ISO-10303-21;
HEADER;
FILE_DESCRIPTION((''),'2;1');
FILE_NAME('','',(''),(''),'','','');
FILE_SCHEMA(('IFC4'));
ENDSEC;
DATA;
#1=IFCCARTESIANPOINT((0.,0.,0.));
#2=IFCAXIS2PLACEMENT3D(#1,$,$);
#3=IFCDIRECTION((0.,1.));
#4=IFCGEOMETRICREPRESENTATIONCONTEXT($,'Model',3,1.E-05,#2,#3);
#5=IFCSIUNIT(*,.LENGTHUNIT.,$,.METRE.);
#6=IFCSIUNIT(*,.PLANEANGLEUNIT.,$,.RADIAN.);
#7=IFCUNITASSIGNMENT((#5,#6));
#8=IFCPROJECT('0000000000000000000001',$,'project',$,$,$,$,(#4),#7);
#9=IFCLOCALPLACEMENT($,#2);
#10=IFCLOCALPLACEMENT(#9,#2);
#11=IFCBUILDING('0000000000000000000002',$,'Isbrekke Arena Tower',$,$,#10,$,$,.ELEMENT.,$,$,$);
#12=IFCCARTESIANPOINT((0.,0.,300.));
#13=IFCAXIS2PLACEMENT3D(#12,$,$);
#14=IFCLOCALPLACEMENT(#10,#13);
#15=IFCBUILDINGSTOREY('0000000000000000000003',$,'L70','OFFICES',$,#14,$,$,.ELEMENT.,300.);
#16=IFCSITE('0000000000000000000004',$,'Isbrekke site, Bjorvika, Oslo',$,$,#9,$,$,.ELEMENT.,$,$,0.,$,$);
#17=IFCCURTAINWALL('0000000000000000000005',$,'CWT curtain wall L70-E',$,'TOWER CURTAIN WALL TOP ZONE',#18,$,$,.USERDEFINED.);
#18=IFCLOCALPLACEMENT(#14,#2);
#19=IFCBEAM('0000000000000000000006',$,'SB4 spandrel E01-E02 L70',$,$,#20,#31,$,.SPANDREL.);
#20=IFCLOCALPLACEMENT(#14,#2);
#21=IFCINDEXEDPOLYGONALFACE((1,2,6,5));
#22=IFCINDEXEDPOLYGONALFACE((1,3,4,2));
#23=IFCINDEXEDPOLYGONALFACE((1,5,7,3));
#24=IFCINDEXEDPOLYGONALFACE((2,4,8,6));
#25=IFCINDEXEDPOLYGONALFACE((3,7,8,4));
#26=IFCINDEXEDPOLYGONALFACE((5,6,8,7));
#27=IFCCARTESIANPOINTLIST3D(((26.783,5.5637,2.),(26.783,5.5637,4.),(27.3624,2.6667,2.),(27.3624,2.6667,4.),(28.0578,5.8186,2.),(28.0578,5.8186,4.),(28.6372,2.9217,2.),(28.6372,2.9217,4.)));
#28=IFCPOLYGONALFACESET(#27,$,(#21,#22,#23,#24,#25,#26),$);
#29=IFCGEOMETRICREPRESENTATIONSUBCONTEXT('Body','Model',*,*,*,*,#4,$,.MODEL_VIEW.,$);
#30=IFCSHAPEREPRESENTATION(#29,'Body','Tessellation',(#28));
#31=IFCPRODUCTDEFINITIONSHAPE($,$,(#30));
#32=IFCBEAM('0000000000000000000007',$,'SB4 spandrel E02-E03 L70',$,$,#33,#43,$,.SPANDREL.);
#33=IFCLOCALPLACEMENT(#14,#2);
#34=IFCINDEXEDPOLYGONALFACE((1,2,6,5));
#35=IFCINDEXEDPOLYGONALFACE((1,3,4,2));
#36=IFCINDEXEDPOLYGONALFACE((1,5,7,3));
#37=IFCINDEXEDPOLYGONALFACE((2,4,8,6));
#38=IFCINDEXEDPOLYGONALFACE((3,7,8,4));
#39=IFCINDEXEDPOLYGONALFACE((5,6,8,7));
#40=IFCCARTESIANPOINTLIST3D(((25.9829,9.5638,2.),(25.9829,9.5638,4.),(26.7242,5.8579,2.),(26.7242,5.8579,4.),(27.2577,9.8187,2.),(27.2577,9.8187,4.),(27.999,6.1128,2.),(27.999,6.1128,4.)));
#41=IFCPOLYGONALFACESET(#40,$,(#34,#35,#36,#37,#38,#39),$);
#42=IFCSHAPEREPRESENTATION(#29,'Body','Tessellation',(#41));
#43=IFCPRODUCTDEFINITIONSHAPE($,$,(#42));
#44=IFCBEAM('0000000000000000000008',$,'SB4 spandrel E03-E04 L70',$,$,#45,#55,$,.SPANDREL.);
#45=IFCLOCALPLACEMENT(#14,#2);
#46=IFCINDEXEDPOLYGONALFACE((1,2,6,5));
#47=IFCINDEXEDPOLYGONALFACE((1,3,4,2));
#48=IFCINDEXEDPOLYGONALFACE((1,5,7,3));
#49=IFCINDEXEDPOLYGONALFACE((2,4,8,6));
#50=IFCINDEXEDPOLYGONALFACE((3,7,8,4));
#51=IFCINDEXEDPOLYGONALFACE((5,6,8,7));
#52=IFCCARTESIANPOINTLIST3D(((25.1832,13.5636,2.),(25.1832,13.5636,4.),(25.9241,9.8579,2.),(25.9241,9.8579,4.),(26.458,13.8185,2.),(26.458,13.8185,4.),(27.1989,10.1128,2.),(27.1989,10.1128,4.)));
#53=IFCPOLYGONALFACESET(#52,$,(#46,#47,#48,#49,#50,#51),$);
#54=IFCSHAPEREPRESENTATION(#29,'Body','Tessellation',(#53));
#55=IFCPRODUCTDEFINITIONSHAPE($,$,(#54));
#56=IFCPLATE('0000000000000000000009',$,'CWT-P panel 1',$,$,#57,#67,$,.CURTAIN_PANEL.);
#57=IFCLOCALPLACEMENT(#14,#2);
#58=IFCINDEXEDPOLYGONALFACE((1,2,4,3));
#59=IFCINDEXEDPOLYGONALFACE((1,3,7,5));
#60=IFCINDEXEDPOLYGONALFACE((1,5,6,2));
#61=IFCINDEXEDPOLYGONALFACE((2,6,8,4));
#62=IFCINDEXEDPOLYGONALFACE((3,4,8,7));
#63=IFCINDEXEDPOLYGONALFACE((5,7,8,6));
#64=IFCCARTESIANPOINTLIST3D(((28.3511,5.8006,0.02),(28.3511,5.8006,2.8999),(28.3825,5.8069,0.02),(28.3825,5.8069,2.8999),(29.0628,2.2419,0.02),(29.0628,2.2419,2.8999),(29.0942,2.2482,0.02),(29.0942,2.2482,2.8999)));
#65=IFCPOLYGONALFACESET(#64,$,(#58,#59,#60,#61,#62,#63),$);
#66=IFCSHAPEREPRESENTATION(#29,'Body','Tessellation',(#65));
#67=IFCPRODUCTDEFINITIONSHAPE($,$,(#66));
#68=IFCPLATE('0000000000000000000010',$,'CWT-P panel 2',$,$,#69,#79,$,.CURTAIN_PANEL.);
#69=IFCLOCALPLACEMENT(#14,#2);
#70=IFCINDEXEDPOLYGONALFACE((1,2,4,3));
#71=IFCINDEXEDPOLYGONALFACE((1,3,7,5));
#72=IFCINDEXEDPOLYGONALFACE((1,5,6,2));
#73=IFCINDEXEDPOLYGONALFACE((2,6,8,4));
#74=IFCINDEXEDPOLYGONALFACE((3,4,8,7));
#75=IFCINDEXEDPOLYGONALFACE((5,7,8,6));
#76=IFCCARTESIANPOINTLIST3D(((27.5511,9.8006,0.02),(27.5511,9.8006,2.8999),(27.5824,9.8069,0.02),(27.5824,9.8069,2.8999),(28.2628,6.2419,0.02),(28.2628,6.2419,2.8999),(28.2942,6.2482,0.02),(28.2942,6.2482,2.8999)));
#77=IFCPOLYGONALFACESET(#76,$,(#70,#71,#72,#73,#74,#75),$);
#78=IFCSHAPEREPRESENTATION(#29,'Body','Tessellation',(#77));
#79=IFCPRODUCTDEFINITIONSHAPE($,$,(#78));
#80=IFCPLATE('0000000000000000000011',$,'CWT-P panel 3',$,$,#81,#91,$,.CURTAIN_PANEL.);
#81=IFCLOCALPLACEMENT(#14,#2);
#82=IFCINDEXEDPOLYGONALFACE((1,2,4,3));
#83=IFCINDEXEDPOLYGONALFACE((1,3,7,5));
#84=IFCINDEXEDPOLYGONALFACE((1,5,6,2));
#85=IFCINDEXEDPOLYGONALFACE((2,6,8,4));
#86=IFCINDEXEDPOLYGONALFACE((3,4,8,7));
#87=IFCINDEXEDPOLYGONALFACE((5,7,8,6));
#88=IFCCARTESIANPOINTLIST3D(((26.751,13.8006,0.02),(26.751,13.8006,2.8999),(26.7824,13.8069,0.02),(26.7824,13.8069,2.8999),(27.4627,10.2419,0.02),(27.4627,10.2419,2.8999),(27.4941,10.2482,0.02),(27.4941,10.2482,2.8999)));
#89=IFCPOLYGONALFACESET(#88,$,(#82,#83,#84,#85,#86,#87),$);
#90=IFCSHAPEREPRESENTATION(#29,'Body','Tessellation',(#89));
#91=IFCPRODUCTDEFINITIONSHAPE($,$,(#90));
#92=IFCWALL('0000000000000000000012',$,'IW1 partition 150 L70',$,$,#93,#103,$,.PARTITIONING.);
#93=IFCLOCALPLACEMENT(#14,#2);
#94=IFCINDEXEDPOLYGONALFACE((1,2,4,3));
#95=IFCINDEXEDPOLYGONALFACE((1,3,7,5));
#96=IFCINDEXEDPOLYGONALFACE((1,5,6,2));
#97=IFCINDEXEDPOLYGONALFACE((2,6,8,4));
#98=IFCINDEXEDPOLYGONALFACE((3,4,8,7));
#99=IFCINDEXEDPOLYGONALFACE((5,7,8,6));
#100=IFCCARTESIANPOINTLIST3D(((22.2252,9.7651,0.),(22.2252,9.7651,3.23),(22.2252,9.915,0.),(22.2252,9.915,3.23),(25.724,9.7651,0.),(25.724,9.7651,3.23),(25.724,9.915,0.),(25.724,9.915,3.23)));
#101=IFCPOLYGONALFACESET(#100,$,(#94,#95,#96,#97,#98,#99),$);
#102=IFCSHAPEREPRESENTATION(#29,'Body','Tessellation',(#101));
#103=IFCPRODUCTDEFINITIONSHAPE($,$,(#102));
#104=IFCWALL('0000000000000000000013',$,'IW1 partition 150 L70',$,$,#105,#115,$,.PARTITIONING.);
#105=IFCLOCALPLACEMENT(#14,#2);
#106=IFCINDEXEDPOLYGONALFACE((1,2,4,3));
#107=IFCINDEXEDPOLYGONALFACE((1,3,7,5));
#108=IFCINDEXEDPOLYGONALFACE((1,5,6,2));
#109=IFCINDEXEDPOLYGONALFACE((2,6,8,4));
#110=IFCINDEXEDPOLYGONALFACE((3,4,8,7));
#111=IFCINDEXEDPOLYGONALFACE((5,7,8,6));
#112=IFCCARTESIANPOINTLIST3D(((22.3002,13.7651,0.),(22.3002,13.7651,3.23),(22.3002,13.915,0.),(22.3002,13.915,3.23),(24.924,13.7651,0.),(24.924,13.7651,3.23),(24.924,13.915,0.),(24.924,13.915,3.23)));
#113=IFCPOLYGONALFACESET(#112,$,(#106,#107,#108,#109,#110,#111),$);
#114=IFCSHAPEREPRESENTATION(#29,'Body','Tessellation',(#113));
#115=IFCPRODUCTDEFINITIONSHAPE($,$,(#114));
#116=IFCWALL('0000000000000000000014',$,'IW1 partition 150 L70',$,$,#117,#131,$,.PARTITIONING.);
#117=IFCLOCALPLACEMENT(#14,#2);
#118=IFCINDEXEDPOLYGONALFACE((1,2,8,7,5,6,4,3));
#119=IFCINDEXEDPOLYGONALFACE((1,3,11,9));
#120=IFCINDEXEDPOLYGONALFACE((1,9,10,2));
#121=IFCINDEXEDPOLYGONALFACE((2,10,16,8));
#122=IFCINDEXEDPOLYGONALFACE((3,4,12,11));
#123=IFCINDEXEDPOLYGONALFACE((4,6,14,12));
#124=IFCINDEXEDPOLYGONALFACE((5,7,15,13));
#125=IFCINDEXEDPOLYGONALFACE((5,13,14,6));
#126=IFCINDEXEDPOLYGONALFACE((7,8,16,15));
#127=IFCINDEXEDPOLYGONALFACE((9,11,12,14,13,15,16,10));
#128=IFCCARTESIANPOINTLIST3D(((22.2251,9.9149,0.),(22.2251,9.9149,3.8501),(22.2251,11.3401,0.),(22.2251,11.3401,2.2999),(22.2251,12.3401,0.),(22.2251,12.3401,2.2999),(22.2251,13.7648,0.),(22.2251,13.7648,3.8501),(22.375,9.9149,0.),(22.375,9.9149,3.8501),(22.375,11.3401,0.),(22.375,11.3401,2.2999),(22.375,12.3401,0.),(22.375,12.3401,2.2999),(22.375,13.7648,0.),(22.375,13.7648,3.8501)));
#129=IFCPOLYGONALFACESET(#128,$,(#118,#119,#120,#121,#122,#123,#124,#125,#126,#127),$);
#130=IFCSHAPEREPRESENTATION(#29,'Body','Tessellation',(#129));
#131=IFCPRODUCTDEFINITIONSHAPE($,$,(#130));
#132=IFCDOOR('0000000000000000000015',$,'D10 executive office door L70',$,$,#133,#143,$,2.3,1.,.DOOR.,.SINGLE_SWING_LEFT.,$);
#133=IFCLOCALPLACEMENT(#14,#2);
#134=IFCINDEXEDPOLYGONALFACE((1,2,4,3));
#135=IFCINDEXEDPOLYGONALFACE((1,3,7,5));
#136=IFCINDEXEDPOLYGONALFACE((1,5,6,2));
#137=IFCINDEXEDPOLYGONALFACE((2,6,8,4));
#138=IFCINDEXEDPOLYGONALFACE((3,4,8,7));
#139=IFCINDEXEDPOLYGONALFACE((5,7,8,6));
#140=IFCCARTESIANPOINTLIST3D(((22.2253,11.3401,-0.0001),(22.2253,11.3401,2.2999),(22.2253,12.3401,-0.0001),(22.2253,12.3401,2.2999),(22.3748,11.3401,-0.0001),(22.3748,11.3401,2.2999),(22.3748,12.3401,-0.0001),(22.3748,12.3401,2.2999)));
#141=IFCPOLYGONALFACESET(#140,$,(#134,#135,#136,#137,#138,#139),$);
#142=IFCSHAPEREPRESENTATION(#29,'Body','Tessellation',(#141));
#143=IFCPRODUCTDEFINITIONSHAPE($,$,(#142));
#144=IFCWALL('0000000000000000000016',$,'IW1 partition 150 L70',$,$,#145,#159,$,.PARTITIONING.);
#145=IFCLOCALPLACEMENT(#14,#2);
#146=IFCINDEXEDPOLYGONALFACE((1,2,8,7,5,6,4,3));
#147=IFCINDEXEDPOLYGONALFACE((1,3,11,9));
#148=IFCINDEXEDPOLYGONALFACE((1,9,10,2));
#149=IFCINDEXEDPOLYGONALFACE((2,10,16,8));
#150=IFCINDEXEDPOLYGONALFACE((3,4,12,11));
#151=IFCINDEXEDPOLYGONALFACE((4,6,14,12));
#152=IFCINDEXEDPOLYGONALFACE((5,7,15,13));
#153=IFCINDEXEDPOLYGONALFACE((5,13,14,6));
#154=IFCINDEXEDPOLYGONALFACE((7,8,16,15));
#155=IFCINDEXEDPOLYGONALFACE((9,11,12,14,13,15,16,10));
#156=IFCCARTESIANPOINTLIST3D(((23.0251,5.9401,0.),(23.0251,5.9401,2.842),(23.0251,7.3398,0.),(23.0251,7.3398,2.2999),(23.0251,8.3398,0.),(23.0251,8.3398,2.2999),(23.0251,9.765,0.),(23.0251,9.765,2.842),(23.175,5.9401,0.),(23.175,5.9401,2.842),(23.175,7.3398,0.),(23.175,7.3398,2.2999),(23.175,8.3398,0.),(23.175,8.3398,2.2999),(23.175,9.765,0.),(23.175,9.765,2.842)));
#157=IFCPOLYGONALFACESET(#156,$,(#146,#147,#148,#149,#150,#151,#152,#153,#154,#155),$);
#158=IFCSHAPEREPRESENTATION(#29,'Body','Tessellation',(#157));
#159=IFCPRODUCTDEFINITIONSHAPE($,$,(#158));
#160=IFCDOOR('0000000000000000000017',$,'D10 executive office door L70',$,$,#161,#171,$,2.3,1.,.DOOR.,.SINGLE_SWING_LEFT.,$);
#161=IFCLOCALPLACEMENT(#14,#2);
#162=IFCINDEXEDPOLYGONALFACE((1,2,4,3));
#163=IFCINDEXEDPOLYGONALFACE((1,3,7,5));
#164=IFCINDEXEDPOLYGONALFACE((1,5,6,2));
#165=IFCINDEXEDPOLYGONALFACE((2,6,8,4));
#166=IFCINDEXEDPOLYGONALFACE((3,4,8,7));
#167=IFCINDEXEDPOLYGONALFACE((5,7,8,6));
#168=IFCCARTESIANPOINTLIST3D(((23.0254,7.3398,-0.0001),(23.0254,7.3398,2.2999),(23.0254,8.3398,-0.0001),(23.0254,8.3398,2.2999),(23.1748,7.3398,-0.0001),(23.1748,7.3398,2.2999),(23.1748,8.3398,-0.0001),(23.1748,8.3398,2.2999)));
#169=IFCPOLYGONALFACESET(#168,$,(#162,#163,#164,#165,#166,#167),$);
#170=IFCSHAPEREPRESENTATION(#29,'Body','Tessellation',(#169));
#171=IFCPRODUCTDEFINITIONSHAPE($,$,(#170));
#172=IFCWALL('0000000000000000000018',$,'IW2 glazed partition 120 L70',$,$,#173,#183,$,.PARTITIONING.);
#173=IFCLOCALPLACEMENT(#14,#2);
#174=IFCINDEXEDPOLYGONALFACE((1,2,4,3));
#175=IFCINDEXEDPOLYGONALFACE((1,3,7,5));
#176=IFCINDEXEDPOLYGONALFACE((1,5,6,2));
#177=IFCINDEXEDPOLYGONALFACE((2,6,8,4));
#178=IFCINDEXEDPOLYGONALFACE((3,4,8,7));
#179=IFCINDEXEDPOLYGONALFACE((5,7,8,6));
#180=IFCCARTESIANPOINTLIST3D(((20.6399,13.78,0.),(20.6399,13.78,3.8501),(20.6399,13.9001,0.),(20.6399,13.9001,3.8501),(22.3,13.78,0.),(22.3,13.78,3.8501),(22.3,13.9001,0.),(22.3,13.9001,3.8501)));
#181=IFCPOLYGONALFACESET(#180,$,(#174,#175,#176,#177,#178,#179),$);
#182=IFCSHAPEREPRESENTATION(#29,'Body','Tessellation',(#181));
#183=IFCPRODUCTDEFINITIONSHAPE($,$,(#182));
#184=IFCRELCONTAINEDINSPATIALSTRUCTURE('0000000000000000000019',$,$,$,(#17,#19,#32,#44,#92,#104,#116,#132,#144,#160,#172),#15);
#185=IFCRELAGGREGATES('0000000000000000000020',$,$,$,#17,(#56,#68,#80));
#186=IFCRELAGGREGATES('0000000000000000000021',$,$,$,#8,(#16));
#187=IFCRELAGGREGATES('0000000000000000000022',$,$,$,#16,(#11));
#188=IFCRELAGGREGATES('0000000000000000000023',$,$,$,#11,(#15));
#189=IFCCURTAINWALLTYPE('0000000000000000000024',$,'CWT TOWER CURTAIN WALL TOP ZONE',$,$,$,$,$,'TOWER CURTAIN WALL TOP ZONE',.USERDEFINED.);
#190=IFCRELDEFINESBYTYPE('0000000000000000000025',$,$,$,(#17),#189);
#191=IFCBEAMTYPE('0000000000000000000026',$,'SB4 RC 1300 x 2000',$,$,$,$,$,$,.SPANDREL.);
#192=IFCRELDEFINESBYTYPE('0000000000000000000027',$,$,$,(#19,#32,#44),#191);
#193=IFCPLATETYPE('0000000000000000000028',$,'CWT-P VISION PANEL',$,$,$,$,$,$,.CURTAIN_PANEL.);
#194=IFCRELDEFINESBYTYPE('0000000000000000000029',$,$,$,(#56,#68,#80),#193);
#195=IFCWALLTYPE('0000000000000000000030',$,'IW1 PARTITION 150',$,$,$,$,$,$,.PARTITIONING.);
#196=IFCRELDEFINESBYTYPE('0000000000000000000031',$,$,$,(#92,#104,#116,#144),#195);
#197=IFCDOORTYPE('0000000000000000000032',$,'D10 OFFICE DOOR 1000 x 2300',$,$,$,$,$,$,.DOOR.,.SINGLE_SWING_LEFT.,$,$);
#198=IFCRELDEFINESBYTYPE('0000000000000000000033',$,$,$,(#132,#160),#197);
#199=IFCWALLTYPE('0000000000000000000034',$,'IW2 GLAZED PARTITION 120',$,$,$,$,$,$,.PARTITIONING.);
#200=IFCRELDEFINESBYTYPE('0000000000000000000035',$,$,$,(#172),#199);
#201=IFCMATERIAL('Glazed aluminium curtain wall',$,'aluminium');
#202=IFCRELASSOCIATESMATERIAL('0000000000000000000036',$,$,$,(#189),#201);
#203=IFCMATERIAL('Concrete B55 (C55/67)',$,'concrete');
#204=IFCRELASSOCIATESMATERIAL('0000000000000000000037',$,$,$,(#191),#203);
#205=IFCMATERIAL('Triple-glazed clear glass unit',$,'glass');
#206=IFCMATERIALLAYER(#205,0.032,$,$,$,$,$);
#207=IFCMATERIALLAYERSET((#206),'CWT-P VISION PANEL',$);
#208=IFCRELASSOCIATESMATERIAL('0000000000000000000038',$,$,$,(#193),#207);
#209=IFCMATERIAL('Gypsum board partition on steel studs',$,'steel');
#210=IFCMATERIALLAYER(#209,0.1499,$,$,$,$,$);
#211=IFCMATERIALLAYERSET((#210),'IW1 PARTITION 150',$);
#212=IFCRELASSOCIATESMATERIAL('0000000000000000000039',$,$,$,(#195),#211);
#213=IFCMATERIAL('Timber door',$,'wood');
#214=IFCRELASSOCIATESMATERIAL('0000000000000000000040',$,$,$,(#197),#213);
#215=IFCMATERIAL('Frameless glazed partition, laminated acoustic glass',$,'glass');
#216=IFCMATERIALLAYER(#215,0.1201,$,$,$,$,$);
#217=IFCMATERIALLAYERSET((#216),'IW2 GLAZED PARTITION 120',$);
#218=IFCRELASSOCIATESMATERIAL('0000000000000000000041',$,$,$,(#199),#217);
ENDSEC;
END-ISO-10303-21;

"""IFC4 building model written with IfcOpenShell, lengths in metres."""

from ifc_helpers import new_model, si_unit, direction, frame, frame_2d, origin, origin_2d, place, context, subcontext, project, spatial, rectangle, extrude, material, layer, layer_set, material_profile, profile_set, type_object, element, fill, aggregate, save


model = new_model("IFC4")

# Units and contexts
model_context = context("Model", 3, precision=1e-05, world=origin(), true_north=direction((0.0, 1.0)))
body_context = subcontext(model_context, "Body", "Model", "MODEL_VIEW")
ifc_project = project(units=[si_unit("LENGTHUNIT", "METRE"), si_unit("PLANEANGLEUNIT", "RADIAN")], contexts=[model_context])

# Site, building, storey
site_placement = place(None, origin())
site = spatial("IfcSite", under=ifc_project, at=site_placement, Name="Isbrekke site, Bjorvika, Oslo", CompositionType="ELEMENT", RefElevation=0.0)
building_placement = place(site_placement, origin())
building = spatial("IfcBuilding", under=site, at=building_placement, Name="Isbrekke Arena Tower", CompositionType="ELEMENT")
storey_placement = place(building_placement, frame((0.0, 0.0, 300.0)))
storey = spatial("IfcBuildingStorey", under=building, at=storey_placement, Name="L70", Description="OFFICES", CompositionType="ELEMENT", Elevation=300.0)

# Curtain wall
ifc_material_1 = material(Name="Glazed aluminium curtain wall", Category="aluminium")
curtain_wall_type = type_object("IfcCurtainWallType", Name="CWT TOWER CURTAIN WALL TOP ZONE", ElementType="TOWER CURTAIN WALL TOP ZONE", PredefinedType="USERDEFINED", material=ifc_material_1)
curtain_wall_placement = place(storey_placement, origin())
curtain_wall = element("IfcCurtainWall", 1, at=curtain_wall_placement, inside=storey, type_object=curtain_wall_type, Name="CWT curtain wall L70-E", ObjectType="TOWER CURTAIN WALL TOP ZONE", PredefinedType="USERDEFINED")

# Beams
ifc_material_2 = material(Name="Concrete B55 (C55/67)", Category="concrete")
ifc_material_profile_1 = material_profile(ifc_material_2, rectangle(XDim=1.3, YDim=2.0, at=origin_2d()), Name="RC 1300x2000")
ifc_profile_set_1 = profile_set([ifc_material_profile_1], Name="Concrete B55 (C55/67)")
beam_type_1 = type_object("IfcBeamType", Name="SB4 RC 1300 x 2000", PredefinedType="SPANDREL", material=ifc_profile_set_1)
beam_1_placement = place(storey_placement, frame((27.9998, 2.7942, 3.0), z_axis=(-0.1961, 0.980584, 0.0), x_axis=(-0.980584, -0.1961, 0.0)))
element("IfcBeam", 2, at=beam_1_placement, inside=storey, type_object=beam_type_1, Name="SB4 spandrel E01-E02 L70", PredefinedType="SPANDREL", context=body_context, shape_type="SweptSolid", body=[
    extrude(rectangle(XDim=1.3, YDim=2.0, at=origin_2d()), origin(), (0.0, 0.0, 1.0), 2.9543),
])
beam_2_placement = place(storey_placement, frame((27.3616, 5.9854, 3.0), z_axis=(-0.196129, 0.980578, 0.0), x_axis=(-0.980578, -0.196129, 0.0)))
element("IfcBeam", 3, at=beam_2_placement, inside=storey, type_object=beam_type_1, Name="SB4 spandrel E02-E03 L70", PredefinedType="SPANDREL", context=body_context, shape_type="SweptSolid", body=[
    extrude(rectangle(XDim=1.3, YDim=2.0, at=origin_2d()), origin(), (0.0, 0.0, 1.0), 3.7793),
])
beam_3_placement = place(storey_placement, frame((26.5615, 9.9854, 3.0), z_axis=(-0.196066, 0.980591, 0.0), x_axis=(-0.980591, -0.196066, 0.0)))
element("IfcBeam", 4, at=beam_3_placement, inside=storey, type_object=beam_type_1, Name="SB4 spandrel E03-E04 L70", PredefinedType="SPANDREL", context=body_context, shape_type="SweptSolid", body=[
    extrude(rectangle(XDim=1.3, YDim=2.0, at=origin_2d()), origin(), (0.0, 0.0, 1.0), 3.7791),
])

# Plates
ifc_material_3 = material(Name="Triple-glazed clear glass unit", Category="glass")
ifc_layer_1 = layer(ifc_material_3, 0.032)
ifc_layer_set_1 = layer_set([ifc_layer_1], Name="CWT-P VISION PANEL")
plate_type = type_object("IfcPlateType", Name="CWT-P VISION PANEL", PredefinedType="CURTAIN_PANEL", material=ifc_layer_set_1)
plate_1_placement = place(storey_placement, frame((28.7227, 4.0244, 0.02), z_axis=(0.0, 0.0, 1.0), x_axis=(-0.196116, 0.980581, 0.0)))
plate_1 = element("IfcPlate", 5, at=plate_1_placement, type_object=plate_type, Name="CWT-P panel 1", PredefinedType="CURTAIN_PANEL", context=body_context, shape_type="SweptSolid", body=[
    extrude(rectangle(XDim=3.6292, YDim=0.032, at=origin_2d()), origin(), (0.0, 0.0, 1.0), 2.8799),
])
plate_2_placement = place(storey_placement, frame((27.9226, 8.0244, 0.02), z_axis=(0.0, 0.0, 1.0), x_axis=(-0.196116, 0.980581, 0.0)))
plate_2 = element("IfcPlate", 6, at=plate_2_placement, type_object=plate_type, Name="CWT-P panel 2", PredefinedType="CURTAIN_PANEL", context=body_context, shape_type="SweptSolid", body=[
    extrude(rectangle(XDim=3.6292, YDim=0.032, at=origin_2d()), origin(), (0.0, 0.0, 1.0), 2.8799),
])
plate_3_placement = place(storey_placement, frame((27.1226, 12.0244, 0.02), z_axis=(0.0, 0.0, 1.0), x_axis=(-0.196116, 0.980581, 0.0)))
plate_3 = element("IfcPlate", 7, at=plate_3_placement, type_object=plate_type, Name="CWT-P panel 3", PredefinedType="CURTAIN_PANEL", context=body_context, shape_type="SweptSolid", body=[
    extrude(rectangle(XDim=3.6292, YDim=0.032, at=origin_2d()), origin(), (0.0, 0.0, 1.0), 2.8799),
])
aggregate(curtain_wall, [plate_1, plate_2, plate_3])

# Walls
ifc_material_4 = material(Name="Gypsum board partition on steel studs", Category="steel")
ifc_layer_2 = layer(ifc_material_4, 0.1499)
ifc_layer_set_2 = layer_set([ifc_layer_2], Name="IW1 PARTITION 150")
wall_type_1 = type_object("IfcWallType", Name="IW1 PARTITION 150", PredefinedType="PARTITIONING", material=ifc_layer_set_2)
wall_1_placement = place(storey_placement, frame((22.2251, 9.8401, 0.0), z_axis=(0.0, 0.0, 1.0), x_axis=(1.0, 0.0, 0.0)))
element("IfcWall", 8, at=wall_1_placement, inside=storey, type_object=wall_type_1, Name="IW1 partition 150 L70", PredefinedType="PARTITIONING", context=body_context, shape_type="SweptSolid", body=[
    extrude(rectangle(XDim=3.4988, YDim=0.1499, at=frame_2d((1.7495, 0.0))), origin(), (0.0, 0.0, 1.0), 3.23),
])
wall_2_placement = place(storey_placement, frame((22.3, 13.8401, 0.0), z_axis=(0.0, 0.0, 1.0), x_axis=(1.0, 0.0, 0.0)))
element("IfcWall", 9, at=wall_2_placement, inside=storey, type_object=wall_type_1, Name="IW1 partition 150 L70", PredefinedType="PARTITIONING", context=body_context, shape_type="SweptSolid", body=[
    extrude(rectangle(XDim=2.6238, YDim=0.1499, at=frame_2d((1.312, 0.0))), origin(), (0.0, 0.0, 1.0), 3.23),
])

# Walls, openings, doors
wall_3_placement = place(storey_placement, frame((22.3, 9.915, 0.0), z_axis=(0.0, 0.0, 1.0), x_axis=(0.0, 1.0, 0.0)))
wall_3 = element("IfcWall", 10, at=wall_3_placement, inside=storey, type_object=wall_type_1, Name="IW1 partition 150 L70", PredefinedType="PARTITIONING", context=body_context, shape_type="SweptSolid", body=[
    extrude(rectangle(XDim=3.8499, YDim=0.1499, at=frame_2d((1.9248, 0.0))), origin(), (0.0, 0.0, 1.0), 3.8501),
])
opening_1_placement = place(wall_3_placement, frame((1.425, 0.0, 0.0)))
opening_1 = element("IfcOpeningElement", 11, at=opening_1_placement, cuts=wall_3, PredefinedType="OPENING", context=body_context, shape_type="SweptSolid", body=[
    extrude(rectangle(XDim=1.0, YDim=2.3, at=frame_2d((0.5, 1.1499))), frame((0.0, 0.0898, 0.0), z_axis=(0.0, -1.0, 0.0), x_axis=(1.0, 0.0, 0.0)), (0.0, 0.0, 1.0), 0.1797),
])
ifc_material_5 = material(Name="Timber door", Category="wood")
door_type = type_object("IfcDoorType", Name="D10 OFFICE DOOR 1000 x 2300", OperationType="SINGLE_SWING_LEFT", PredefinedType="DOOR", material=ifc_material_5)
door_1_placement = place(opening_1_placement, origin())
door_1 = element("IfcDoor", 12, at=door_1_placement, inside=storey, type_object=door_type, Name="D10 executive office door L70", OperationType="SINGLE_SWING_LEFT", OverallHeight=2.3, OverallWidth=1.0, PredefinedType="DOOR", context=body_context, shape_type="SweptSolid", body=[
    extrude(rectangle(XDim=1.0, YDim=2.3, at=frame_2d((0.5, 1.1499))), frame((0.0, 0.0747, 0.0), z_axis=(0.0, -1.0, 0.0), x_axis=(1.0, 0.0, 0.0)), (0.0, 0.0, 1.0), 0.1494),
])
fill(opening_1, door_1)
wall_4_placement = place(storey_placement, frame((23.1001, 5.9399, 0.0), z_axis=(0.0, 0.0, 1.0), x_axis=(0.0, 1.0, 0.0)))
wall_4 = element("IfcWall", 13, at=wall_4_placement, inside=storey, type_object=wall_type_1, Name="IW1 partition 150 L70", PredefinedType="PARTITIONING", context=body_context, shape_type="SweptSolid", body=[
    extrude(rectangle(XDim=3.825, YDim=0.1499, at=frame_2d((1.9126, 0.0))), origin(), (0.0, 0.0, 1.0), 2.842),
])
opening_2_placement = place(wall_4_placement, frame((1.3999, 0.0, 0.0)))
opening_2 = element("IfcOpeningElement", 14, at=opening_2_placement, cuts=wall_4, PredefinedType="OPENING", context=body_context, shape_type="SweptSolid", body=[
    extrude(rectangle(XDim=1.0, YDim=2.3, at=frame_2d((0.5, 1.1499))), frame((0.0, 0.0898, 0.0), z_axis=(0.0, -1.0, 0.0), x_axis=(1.0, 0.0, 0.0)), (0.0, 0.0, 1.0), 0.1797),
])
door_2_placement = place(opening_2_placement, origin())
door_2 = element("IfcDoor", 15, at=door_2_placement, inside=storey, type_object=door_type, Name="D10 executive office door L70", OperationType="SINGLE_SWING_LEFT", OverallHeight=2.3, OverallWidth=1.0, PredefinedType="DOOR", context=body_context, shape_type="SweptSolid", body=[
    extrude(rectangle(XDim=1.0, YDim=2.3, at=frame_2d((0.5, 1.1499))), frame((0.0, 0.0747, 0.0), z_axis=(0.0, -1.0, 0.0), x_axis=(1.0, 0.0, 0.0)), (0.0, 0.0, 1.0), 0.1494),
])
fill(opening_2, door_2)

# Wall
ifc_material_6 = material(Name="Frameless glazed partition, laminated acoustic glass", Category="glass")
ifc_layer_3 = layer(ifc_material_6, 0.1201)
ifc_layer_set_3 = layer_set([ifc_layer_3], Name="IW2 GLAZED PARTITION 120")
wall_type_2 = type_object("IfcWallType", Name="IW2 GLAZED PARTITION 120", PredefinedType="PARTITIONING", material=ifc_layer_set_3)
wall_5_placement = place(storey_placement, frame((20.6399, 13.8401, 0.0), z_axis=(0.0, 0.0, 1.0), x_axis=(1.0, 0.0, 0.0)))
element("IfcWall", 16, at=wall_5_placement, inside=storey, type_object=wall_type_2, Name="IW2 glazed partition 120 L70", PredefinedType="PARTITIONING", context=body_context, shape_type="SweptSolid", body=[
    extrude(rectangle(XDim=1.6602, YDim=0.1201, at=frame_2d((0.8301, 0.0))), origin(), (0.0, 0.0, 1.0), 3.8501),
])

save(model, "model.ifc")
